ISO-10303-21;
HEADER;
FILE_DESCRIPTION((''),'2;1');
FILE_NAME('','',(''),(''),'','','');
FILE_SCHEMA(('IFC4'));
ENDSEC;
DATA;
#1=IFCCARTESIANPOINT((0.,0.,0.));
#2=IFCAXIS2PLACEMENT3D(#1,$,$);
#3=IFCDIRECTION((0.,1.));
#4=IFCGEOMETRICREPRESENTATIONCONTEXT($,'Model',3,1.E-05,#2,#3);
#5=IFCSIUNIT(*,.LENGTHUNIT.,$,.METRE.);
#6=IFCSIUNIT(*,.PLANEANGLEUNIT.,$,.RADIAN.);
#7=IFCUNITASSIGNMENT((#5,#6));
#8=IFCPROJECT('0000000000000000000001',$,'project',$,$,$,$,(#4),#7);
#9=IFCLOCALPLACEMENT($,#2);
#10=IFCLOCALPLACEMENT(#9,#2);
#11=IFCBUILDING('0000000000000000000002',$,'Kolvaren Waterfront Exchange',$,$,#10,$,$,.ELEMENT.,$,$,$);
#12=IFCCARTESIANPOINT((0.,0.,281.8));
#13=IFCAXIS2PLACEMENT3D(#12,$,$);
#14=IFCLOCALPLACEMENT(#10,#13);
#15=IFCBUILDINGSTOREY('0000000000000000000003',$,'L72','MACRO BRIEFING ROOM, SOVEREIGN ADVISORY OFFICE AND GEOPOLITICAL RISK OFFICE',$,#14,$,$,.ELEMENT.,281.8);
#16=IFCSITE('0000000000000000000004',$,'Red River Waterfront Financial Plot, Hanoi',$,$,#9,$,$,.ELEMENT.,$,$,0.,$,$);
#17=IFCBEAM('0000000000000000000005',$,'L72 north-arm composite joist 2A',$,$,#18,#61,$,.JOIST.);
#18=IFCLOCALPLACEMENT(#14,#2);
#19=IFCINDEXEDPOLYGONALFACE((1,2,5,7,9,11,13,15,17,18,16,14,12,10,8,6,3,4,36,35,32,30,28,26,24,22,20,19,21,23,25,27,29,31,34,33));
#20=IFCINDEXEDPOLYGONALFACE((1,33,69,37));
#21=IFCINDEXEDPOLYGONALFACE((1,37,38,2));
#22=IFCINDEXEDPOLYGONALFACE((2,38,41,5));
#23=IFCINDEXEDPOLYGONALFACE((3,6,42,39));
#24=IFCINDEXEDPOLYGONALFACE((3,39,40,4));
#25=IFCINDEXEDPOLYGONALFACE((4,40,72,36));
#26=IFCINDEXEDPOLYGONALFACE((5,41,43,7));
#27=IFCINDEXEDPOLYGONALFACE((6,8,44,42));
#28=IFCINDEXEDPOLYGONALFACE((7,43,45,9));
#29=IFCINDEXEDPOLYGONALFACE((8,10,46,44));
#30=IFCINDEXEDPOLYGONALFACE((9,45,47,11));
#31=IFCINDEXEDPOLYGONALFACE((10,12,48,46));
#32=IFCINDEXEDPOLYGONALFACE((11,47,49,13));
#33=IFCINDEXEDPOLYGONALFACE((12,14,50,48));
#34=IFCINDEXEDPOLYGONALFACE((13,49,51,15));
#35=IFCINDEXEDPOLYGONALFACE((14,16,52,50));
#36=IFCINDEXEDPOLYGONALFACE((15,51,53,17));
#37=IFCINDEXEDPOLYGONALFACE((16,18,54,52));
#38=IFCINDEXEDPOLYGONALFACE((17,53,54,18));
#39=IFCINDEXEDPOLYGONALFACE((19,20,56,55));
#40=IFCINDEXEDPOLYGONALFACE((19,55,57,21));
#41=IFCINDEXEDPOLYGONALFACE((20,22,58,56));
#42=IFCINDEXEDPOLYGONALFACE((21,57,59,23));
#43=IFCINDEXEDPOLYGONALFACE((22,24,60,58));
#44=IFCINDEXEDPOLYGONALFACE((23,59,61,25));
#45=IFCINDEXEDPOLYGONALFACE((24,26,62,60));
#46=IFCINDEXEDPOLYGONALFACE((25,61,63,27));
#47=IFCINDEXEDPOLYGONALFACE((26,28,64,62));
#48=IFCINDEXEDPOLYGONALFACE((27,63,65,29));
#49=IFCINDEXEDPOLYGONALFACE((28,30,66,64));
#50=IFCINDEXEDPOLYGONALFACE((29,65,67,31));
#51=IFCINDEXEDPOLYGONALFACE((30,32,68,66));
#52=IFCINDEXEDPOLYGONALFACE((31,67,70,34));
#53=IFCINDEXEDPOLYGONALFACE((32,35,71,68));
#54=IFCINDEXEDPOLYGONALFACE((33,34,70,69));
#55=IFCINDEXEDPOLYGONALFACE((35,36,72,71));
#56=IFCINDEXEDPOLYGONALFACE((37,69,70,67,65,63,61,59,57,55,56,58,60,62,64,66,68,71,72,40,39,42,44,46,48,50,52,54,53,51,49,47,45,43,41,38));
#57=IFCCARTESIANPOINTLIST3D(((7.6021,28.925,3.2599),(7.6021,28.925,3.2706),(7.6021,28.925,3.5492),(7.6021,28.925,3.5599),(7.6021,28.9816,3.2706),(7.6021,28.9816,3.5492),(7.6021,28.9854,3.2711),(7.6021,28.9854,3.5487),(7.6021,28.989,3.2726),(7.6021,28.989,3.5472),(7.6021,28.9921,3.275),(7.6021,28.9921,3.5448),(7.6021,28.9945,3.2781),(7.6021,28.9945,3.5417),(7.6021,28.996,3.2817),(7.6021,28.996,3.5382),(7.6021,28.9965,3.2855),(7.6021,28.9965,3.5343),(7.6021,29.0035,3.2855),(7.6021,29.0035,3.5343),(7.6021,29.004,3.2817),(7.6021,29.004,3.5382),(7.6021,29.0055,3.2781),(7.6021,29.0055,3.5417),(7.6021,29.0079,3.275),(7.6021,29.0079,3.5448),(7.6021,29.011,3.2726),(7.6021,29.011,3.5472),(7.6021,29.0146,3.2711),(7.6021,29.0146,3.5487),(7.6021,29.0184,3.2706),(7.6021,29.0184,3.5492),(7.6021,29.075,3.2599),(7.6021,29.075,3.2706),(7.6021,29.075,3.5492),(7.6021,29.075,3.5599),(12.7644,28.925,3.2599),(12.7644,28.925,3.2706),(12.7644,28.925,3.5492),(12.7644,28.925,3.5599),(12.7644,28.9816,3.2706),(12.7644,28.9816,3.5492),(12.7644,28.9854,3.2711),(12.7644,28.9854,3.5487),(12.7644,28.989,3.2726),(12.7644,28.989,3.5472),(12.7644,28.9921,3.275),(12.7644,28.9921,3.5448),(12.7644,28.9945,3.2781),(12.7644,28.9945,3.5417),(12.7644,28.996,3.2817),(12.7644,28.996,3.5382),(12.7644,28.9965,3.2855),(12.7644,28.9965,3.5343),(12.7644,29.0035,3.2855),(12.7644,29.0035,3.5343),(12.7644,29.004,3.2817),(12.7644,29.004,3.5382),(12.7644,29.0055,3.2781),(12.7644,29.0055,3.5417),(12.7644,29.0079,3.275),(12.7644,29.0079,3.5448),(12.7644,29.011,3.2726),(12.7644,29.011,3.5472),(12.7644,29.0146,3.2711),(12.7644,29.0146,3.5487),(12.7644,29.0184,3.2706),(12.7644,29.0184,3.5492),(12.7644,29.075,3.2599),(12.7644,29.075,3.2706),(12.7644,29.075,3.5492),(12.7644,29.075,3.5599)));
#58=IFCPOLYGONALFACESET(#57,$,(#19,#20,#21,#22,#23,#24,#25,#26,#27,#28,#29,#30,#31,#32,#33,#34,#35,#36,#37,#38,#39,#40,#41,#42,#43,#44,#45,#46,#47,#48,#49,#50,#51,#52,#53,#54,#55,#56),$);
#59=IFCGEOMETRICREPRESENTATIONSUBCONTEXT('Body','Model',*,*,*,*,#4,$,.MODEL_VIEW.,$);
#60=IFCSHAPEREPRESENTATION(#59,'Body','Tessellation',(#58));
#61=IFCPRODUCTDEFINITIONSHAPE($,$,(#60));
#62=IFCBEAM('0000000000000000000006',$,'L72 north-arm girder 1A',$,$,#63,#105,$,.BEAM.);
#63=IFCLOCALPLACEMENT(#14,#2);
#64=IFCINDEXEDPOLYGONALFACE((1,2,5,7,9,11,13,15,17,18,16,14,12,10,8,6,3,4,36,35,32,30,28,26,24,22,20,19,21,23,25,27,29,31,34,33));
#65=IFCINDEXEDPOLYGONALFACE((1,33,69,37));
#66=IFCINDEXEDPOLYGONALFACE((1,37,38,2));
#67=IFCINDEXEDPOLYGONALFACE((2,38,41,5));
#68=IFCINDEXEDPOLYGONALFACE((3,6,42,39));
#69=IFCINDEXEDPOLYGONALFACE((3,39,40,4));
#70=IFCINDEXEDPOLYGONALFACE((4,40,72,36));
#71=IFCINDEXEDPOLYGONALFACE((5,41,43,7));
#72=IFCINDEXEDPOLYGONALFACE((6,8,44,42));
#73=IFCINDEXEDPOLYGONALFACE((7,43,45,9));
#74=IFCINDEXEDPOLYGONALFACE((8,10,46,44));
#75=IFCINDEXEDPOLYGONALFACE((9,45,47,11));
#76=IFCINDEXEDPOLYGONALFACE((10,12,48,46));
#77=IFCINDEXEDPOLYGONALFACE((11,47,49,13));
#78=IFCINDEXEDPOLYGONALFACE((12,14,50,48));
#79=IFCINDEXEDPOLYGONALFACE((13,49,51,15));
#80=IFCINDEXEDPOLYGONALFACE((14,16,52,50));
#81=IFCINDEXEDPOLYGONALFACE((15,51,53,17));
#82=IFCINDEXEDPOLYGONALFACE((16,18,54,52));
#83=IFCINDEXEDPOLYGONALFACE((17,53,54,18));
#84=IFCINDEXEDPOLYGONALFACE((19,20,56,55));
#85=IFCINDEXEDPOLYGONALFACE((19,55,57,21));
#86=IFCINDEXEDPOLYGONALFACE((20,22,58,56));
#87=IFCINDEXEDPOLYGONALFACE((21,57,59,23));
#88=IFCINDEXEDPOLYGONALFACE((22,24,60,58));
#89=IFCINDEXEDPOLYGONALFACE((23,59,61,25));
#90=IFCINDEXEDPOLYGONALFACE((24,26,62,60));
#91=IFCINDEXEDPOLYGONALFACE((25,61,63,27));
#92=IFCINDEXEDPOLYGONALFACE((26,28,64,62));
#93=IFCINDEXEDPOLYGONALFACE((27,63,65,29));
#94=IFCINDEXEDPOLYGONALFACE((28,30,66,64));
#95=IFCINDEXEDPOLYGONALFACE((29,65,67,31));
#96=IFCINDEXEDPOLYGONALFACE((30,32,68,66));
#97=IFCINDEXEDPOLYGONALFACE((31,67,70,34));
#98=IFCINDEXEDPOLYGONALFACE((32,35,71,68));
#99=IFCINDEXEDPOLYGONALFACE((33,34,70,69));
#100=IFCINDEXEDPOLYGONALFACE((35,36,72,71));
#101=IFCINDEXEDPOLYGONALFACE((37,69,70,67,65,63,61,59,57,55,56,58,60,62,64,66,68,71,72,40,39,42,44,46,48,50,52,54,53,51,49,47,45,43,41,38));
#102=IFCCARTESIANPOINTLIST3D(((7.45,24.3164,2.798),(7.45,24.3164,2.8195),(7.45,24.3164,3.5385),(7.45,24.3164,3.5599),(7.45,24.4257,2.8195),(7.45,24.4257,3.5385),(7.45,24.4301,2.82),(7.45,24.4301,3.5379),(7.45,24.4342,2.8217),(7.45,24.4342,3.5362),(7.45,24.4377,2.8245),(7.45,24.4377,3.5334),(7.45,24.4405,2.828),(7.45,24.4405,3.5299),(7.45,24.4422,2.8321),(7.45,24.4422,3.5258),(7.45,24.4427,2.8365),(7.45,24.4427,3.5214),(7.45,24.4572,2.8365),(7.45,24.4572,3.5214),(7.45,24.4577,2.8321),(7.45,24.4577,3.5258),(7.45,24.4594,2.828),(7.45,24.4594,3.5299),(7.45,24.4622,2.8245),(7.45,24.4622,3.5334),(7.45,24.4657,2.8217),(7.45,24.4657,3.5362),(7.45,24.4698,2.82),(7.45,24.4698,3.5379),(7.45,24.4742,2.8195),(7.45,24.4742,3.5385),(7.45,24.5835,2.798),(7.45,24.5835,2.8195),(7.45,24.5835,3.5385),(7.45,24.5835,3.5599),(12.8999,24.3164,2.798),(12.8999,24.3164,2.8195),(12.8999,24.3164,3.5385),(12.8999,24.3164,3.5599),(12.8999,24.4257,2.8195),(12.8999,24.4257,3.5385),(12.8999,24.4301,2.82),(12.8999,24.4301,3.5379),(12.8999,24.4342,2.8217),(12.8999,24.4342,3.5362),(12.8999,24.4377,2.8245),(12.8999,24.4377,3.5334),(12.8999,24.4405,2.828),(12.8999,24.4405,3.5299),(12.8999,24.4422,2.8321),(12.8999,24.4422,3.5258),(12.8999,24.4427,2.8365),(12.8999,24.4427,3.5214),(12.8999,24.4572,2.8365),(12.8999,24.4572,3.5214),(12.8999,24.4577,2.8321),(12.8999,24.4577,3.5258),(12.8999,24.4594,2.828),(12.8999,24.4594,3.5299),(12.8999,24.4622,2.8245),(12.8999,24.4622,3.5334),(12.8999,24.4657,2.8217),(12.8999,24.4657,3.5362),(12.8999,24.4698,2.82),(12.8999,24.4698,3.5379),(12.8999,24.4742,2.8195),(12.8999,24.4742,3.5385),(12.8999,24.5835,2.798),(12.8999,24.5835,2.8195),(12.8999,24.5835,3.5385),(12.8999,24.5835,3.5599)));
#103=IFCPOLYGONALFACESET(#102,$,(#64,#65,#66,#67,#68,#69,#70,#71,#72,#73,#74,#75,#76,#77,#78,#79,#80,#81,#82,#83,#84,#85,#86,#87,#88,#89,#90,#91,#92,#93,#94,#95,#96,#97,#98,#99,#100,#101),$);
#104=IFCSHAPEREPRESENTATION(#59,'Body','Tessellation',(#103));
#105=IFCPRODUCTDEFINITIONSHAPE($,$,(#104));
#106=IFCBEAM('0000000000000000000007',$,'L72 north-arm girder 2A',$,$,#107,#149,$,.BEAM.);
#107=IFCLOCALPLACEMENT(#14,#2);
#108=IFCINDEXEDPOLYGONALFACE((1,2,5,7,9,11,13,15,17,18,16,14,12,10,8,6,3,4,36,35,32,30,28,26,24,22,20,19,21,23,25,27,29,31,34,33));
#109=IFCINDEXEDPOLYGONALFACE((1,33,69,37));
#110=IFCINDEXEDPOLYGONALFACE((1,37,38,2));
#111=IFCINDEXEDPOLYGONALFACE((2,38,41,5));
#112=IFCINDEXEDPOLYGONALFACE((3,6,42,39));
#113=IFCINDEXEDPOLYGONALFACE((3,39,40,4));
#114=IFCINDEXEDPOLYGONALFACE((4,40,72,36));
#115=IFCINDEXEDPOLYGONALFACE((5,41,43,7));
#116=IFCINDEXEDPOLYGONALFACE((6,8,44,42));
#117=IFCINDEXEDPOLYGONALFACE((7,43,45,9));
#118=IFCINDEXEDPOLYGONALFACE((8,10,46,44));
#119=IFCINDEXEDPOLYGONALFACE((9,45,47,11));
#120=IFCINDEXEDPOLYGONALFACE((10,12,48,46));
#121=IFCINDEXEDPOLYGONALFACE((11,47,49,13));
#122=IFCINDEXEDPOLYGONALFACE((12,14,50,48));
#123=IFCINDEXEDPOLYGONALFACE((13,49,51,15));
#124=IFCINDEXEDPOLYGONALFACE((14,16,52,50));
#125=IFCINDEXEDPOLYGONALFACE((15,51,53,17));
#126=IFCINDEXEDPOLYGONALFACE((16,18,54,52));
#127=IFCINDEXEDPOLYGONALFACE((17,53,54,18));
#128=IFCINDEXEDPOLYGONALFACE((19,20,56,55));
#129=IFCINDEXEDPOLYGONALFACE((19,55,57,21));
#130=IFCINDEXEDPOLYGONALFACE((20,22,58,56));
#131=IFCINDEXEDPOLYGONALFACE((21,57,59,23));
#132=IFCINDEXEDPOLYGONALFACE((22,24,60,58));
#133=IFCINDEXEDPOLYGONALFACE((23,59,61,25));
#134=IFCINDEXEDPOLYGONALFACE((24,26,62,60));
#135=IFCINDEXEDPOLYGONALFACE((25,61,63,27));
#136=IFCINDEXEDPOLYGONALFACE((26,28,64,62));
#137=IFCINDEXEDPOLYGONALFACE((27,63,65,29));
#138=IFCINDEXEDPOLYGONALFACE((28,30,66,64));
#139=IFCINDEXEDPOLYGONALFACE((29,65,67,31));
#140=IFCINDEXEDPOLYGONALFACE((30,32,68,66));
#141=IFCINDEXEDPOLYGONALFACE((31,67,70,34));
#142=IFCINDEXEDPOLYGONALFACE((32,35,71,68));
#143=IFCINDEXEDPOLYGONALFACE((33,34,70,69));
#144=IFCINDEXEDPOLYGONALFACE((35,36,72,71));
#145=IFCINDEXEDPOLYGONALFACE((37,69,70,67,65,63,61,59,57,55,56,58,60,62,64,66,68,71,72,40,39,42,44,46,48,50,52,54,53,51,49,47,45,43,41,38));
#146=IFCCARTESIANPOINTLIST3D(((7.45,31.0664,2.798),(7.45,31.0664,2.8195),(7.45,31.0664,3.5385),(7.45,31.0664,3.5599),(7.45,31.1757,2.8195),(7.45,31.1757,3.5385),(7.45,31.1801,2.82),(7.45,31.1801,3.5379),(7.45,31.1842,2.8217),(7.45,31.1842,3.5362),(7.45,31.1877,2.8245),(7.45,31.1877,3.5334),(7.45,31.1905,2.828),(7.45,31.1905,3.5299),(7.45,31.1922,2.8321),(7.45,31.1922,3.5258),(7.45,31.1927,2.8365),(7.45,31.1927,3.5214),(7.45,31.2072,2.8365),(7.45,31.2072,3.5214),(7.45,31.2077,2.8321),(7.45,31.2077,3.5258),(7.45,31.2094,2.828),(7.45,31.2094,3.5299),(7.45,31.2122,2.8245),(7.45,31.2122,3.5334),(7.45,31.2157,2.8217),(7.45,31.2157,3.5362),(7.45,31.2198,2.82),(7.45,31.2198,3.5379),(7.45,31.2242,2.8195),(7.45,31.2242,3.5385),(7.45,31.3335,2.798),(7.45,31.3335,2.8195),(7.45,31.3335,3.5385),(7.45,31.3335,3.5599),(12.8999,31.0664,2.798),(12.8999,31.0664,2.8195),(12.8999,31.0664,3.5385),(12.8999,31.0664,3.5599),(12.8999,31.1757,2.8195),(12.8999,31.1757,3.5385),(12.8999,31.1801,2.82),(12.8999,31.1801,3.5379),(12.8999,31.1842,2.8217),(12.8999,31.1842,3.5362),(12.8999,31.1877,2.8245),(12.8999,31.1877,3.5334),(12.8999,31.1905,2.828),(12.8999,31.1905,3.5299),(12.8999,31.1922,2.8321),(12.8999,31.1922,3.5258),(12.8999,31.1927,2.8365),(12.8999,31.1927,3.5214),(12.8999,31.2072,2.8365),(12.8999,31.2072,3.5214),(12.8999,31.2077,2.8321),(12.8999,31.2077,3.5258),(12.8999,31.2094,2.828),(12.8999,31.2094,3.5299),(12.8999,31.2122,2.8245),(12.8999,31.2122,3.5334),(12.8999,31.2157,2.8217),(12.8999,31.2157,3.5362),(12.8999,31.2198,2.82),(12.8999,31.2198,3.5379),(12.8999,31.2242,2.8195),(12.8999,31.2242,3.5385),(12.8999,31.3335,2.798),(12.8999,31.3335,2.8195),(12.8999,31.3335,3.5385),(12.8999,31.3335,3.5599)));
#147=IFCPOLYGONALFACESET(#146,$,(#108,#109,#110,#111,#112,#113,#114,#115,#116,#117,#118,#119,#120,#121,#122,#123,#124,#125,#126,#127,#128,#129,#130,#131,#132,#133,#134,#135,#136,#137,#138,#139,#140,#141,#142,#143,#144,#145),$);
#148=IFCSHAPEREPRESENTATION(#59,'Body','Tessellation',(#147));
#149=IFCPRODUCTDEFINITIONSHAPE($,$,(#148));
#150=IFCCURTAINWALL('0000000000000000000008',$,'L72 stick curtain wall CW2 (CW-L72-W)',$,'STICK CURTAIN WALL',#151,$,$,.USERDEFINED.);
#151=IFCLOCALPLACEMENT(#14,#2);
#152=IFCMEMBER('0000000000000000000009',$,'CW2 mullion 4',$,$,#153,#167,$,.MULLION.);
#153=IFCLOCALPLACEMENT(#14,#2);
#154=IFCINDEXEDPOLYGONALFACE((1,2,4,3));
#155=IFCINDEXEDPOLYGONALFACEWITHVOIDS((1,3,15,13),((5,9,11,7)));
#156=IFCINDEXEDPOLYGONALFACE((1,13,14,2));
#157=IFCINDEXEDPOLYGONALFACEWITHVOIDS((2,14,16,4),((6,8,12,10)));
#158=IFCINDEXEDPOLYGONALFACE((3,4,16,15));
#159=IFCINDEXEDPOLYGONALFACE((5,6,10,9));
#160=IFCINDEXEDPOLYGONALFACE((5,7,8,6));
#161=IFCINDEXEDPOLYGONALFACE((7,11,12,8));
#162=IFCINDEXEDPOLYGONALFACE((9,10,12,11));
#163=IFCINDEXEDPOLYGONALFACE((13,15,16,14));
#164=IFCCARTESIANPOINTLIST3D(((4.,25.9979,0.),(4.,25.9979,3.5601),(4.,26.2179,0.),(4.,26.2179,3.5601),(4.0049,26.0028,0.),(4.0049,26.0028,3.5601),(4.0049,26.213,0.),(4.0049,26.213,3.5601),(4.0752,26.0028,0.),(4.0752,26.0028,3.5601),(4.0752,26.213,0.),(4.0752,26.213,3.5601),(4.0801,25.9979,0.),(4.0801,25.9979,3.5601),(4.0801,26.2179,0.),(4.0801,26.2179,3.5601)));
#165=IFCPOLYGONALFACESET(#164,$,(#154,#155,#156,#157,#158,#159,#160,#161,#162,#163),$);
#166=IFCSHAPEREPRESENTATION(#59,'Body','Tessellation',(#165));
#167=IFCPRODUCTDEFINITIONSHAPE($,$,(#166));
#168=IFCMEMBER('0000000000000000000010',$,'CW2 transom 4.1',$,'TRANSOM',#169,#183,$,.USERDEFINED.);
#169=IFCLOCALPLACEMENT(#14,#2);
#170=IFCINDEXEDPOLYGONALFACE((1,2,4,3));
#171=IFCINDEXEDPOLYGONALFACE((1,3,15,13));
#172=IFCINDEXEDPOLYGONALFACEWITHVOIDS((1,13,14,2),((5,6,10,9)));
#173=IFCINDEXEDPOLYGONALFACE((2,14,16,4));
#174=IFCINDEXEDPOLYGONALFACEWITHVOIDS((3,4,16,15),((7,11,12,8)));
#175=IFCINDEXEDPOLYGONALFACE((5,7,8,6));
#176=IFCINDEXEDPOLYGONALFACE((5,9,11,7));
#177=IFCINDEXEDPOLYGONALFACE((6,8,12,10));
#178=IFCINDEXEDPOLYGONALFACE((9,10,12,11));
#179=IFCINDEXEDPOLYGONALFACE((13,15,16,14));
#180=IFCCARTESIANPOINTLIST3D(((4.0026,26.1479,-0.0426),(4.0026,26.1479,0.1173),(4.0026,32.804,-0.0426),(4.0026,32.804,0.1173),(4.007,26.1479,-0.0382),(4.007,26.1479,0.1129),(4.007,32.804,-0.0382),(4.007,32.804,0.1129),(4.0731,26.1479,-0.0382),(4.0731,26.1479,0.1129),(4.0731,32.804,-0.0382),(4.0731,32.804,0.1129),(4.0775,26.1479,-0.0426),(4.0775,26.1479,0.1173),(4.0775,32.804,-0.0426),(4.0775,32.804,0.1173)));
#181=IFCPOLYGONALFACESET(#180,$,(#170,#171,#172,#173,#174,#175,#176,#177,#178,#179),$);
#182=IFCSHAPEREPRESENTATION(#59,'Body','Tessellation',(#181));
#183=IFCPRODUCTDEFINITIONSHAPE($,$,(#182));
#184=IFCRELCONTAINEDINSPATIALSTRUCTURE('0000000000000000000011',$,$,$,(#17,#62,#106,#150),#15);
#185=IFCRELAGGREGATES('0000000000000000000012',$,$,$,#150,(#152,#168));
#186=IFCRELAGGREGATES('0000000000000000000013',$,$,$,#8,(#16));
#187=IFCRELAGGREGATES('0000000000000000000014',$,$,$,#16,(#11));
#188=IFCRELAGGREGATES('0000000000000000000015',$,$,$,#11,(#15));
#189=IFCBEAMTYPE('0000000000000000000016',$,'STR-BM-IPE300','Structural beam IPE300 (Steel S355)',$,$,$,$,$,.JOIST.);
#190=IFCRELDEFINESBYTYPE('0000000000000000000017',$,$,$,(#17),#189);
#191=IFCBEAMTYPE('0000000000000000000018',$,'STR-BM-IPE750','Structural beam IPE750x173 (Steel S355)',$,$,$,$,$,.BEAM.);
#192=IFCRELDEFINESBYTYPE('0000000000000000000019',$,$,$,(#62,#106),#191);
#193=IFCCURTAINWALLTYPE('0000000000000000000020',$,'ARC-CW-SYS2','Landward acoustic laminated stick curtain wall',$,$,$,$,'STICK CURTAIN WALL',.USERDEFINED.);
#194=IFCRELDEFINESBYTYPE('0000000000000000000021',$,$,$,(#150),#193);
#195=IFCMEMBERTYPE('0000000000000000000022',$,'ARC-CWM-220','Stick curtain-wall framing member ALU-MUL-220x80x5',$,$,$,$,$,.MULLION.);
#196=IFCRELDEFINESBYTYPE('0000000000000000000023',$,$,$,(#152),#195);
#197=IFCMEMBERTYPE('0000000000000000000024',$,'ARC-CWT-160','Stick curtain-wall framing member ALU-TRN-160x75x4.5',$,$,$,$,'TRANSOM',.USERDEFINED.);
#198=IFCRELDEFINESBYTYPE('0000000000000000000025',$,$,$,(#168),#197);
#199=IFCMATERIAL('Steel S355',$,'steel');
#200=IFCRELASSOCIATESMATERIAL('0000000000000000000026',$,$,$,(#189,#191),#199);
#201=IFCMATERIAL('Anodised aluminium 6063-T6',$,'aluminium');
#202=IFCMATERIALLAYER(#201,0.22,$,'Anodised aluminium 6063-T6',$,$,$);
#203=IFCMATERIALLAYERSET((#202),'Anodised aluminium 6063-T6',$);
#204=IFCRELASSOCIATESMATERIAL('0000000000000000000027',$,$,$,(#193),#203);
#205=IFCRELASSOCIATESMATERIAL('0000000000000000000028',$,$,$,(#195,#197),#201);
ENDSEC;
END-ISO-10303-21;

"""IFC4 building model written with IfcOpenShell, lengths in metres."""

from ifc_helpers import new_model, si_unit, direction, frame, origin, origin_with_axes, origin_2d, place, context, subcontext, project, spatial, hollow_rectangle, i_section, extrude, source, transform, mapped, material, layer, layer_set, material_profile, profile_set, type_object, element, aggregate, save


model = new_model("IFC4")

# Units and contexts
model_context = context("Model", 3, precision=1e-05, world=origin(), true_north=direction((0.0, 1.0)))
body_context = subcontext(model_context, "Body", "Model", "MODEL_VIEW")
ifc_project = project(units=[si_unit("LENGTHUNIT", "METRE"), si_unit("PLANEANGLEUNIT", "RADIAN")], contexts=[model_context])

# Site, building, storey
site_placement = place(None, origin())
site = spatial("IfcSite", under=ifc_project, at=site_placement, Name="Red River Waterfront Financial Plot, Hanoi", CompositionType="ELEMENT", RefElevation=0.0)
building_placement = place(site_placement, origin())
building = spatial("IfcBuilding", under=site, at=building_placement, Name="Kolvaren Waterfront Exchange", CompositionType="ELEMENT")
storey_placement = place(building_placement, frame((0.0, 0.0, 281.8)))
storey = spatial("IfcBuildingStorey", under=building, at=storey_placement, Name="L72", Description="MACRO BRIEFING ROOM, SOVEREIGN ADVISORY OFFICE AND GEOPOLITICAL RISK OFFICE", CompositionType="ELEMENT", Elevation=281.8)

# Beams
ifc_material_1 = material(Name="Steel S355", Category="steel")
ifc_material_profile_1 = material_profile(ifc_material_1, i_section(OverallWidth=0.1499, OverallDepth=0.3, WebThickness=0.0071, FlangeThickness=0.0107, FilletRadius=0.0149, at=origin_2d()), Name="IPE300")
ifc_profile_set_1 = profile_set([ifc_material_profile_1], Name="Steel S355")
beam_type_1 = type_object("IfcBeamType", Name="STR-BM-IPE300", Description="Structural beam IPE300 (Steel S355)", PredefinedType="JOIST", material=ifc_profile_set_1)
for number, where, z_axis, x_axis, name in (
    (1, (7.6021, 29.0, 3.4099), (1.0, 0.0, 0.0), (0.0, 1.0, 0.0), "L72 north-arm composite joist 2A"),
):
    element("IfcBeam", number, at=place(storey_placement, frame(where, z_axis=z_axis, x_axis=x_axis)), inside=storey, type_object=beam_type_1, Name=name, PredefinedType="JOIST", context=body_context, shape_type="SweptSolid", body=[
        extrude(i_section(OverallWidth=0.1499, OverallDepth=0.3, WebThickness=0.0071, FlangeThickness=0.0107, FilletRadius=0.0149, at=origin_2d()), origin(), (0.0, 0.0, 1.0), 5.1624),
    ])
ifc_material_profile_2 = material_profile(ifc_material_1, i_section(OverallWidth=0.2671, OverallDepth=0.762, WebThickness=0.0144, FlangeThickness=0.0215, FilletRadius=0.0171, at=origin_2d()), Name="IPE750x173")
ifc_profile_set_2 = profile_set([ifc_material_profile_2], Name="Steel S355")
beam_type_2 = type_object("IfcBeamType", Name="STR-BM-IPE750", Description="Structural beam IPE750x173 (Steel S355)", PredefinedType="BEAM", material=ifc_profile_set_2)
for number, where, z_axis, x_axis, name in (
    (2, (7.45, 24.45, 3.179), (1.0, 0.0, 0.0), (0.0, 1.0, 0.0), "L72 north-arm girder 1A"),
    (3, (7.45, 31.2, 3.179), (1.0, 0.0, 0.0), (0.0, 1.0, 0.0), "L72 north-arm girder 2A"),
):
    element("IfcBeam", number, at=place(storey_placement, frame(where, z_axis=z_axis, x_axis=x_axis)), inside=storey, type_object=beam_type_2, Name=name, PredefinedType="BEAM", context=body_context, shape_type="SweptSolid", body=[
        extrude(i_section(OverallWidth=0.2671, OverallDepth=0.762, WebThickness=0.0144, FlangeThickness=0.0215, FilletRadius=0.0171, at=origin_2d()), origin(), (0.0, 0.0, 1.0), 5.45),
    ])

# Curtain wall, members
ifc_material_2 = material(Name="Anodised aluminium 6063-T6", Category="aluminium")
ifc_layer_1 = layer(ifc_material_2, 0.22, Name="Anodised aluminium 6063-T6")
ifc_layer_set_1 = layer_set([ifc_layer_1], Name="Anodised aluminium 6063-T6")
curtain_wall_type = type_object("IfcCurtainWallType", Name="ARC-CW-SYS2", Description="Landward acoustic laminated stick curtain wall", ElementType="STICK CURTAIN WALL", PredefinedType="USERDEFINED", material=ifc_layer_set_1)
curtain_wall_placement = place(storey_placement, origin())
curtain_wall = element("IfcCurtainWall", 4, at=curtain_wall_placement, inside=storey, type_object=curtain_wall_type, Name="L72 stick curtain wall CW2 (CW-L72-W)", ObjectType="STICK CURTAIN WALL", PredefinedType="USERDEFINED")
ifc_material_profile_3 = material_profile(ifc_material_2, hollow_rectangle(XDim=0.0801, YDim=0.22, WallThickness=0.0049, at=origin_2d()), Name="ALU-MUL-220x80x5")
ifc_profile_set_3 = profile_set([ifc_material_profile_3], Name="Anodised aluminium 6063-T6")
member_type_1 = type_object("IfcMemberType", Name="ARC-CWM-220", Description="Stick curtain-wall framing member ALU-MUL-220x80x5", PredefinedType="MULLION", material=ifc_profile_set_3)
shared_shape_1 = source(origin_with_axes(), body_context, "Body", "SweptSolid", [
    extrude(hollow_rectangle(XDim=0.0801, YDim=0.22, WallThickness=0.0049, at=origin_2d()), origin(), (0.0, 0.0, 1.0), 3.5601),
])
member_1_placement = place(storey_placement, frame((4.04, 26.1079, 0.0), z_axis=(0.0, 0.0, 1.0), x_axis=(-1.0, 0.0, 0.0)))
member_1 = element("IfcMember", 5, at=member_1_placement, type_object=member_type_1, Name="CW2 mullion 4", PredefinedType="MULLION", context=body_context, shape_type="MappedRepresentation", body=[
    mapped(shared_shape_1, transform((0.0, 0.0, 0.0), x_axis=(1.0, 0.0, 0.0), y_axis=(0.0, 1.0, 0.0), z_axis=(0.0, 0.0, 1.0), scale=1.0)),
])
ifc_material_profile_4 = material_profile(ifc_material_2, hollow_rectangle(XDim=0.075, YDim=0.1599, WallThickness=0.0044, at=origin_2d()), Name="ALU-TRN-160x75x4.5")
ifc_profile_set_4 = profile_set([ifc_material_profile_4], Name="Anodised aluminium 6063-T6")
member_type_2 = type_object("IfcMemberType", Name="ARC-CWT-160", Description="Stick curtain-wall framing member ALU-TRN-160x75x4.5", ElementType="TRANSOM", PredefinedType="USERDEFINED", material=ifc_profile_set_4)
shared_shape_2 = source(origin_with_axes(), body_context, "Body", "SweptSolid", [
    extrude(hollow_rectangle(XDim=0.075, YDim=0.1599, WallThickness=0.0044, at=origin_2d()), origin(), (0.0, 0.0, 1.0), 6.656),
])
member_2_placement = place(storey_placement, frame((4.04, 26.1479, 0.0374), z_axis=(0.0, 1.0, 0.0), x_axis=(-1.0, 0.0, 0.0)))
member_2 = element("IfcMember", 6, at=member_2_placement, type_object=member_type_2, Name="CW2 transom 4.1", ObjectType="TRANSOM", PredefinedType="USERDEFINED", context=body_context, shape_type="MappedRepresentation", body=[
    mapped(shared_shape_2, transform((0.0, 0.0, 0.0), x_axis=(1.0, 0.0, 0.0), y_axis=(0.0, 1.0, 0.0), z_axis=(0.0, 0.0, 1.0), scale=1.0)),
])
aggregate(curtain_wall, [member_1, member_2])

save(model, "model.ifc")
